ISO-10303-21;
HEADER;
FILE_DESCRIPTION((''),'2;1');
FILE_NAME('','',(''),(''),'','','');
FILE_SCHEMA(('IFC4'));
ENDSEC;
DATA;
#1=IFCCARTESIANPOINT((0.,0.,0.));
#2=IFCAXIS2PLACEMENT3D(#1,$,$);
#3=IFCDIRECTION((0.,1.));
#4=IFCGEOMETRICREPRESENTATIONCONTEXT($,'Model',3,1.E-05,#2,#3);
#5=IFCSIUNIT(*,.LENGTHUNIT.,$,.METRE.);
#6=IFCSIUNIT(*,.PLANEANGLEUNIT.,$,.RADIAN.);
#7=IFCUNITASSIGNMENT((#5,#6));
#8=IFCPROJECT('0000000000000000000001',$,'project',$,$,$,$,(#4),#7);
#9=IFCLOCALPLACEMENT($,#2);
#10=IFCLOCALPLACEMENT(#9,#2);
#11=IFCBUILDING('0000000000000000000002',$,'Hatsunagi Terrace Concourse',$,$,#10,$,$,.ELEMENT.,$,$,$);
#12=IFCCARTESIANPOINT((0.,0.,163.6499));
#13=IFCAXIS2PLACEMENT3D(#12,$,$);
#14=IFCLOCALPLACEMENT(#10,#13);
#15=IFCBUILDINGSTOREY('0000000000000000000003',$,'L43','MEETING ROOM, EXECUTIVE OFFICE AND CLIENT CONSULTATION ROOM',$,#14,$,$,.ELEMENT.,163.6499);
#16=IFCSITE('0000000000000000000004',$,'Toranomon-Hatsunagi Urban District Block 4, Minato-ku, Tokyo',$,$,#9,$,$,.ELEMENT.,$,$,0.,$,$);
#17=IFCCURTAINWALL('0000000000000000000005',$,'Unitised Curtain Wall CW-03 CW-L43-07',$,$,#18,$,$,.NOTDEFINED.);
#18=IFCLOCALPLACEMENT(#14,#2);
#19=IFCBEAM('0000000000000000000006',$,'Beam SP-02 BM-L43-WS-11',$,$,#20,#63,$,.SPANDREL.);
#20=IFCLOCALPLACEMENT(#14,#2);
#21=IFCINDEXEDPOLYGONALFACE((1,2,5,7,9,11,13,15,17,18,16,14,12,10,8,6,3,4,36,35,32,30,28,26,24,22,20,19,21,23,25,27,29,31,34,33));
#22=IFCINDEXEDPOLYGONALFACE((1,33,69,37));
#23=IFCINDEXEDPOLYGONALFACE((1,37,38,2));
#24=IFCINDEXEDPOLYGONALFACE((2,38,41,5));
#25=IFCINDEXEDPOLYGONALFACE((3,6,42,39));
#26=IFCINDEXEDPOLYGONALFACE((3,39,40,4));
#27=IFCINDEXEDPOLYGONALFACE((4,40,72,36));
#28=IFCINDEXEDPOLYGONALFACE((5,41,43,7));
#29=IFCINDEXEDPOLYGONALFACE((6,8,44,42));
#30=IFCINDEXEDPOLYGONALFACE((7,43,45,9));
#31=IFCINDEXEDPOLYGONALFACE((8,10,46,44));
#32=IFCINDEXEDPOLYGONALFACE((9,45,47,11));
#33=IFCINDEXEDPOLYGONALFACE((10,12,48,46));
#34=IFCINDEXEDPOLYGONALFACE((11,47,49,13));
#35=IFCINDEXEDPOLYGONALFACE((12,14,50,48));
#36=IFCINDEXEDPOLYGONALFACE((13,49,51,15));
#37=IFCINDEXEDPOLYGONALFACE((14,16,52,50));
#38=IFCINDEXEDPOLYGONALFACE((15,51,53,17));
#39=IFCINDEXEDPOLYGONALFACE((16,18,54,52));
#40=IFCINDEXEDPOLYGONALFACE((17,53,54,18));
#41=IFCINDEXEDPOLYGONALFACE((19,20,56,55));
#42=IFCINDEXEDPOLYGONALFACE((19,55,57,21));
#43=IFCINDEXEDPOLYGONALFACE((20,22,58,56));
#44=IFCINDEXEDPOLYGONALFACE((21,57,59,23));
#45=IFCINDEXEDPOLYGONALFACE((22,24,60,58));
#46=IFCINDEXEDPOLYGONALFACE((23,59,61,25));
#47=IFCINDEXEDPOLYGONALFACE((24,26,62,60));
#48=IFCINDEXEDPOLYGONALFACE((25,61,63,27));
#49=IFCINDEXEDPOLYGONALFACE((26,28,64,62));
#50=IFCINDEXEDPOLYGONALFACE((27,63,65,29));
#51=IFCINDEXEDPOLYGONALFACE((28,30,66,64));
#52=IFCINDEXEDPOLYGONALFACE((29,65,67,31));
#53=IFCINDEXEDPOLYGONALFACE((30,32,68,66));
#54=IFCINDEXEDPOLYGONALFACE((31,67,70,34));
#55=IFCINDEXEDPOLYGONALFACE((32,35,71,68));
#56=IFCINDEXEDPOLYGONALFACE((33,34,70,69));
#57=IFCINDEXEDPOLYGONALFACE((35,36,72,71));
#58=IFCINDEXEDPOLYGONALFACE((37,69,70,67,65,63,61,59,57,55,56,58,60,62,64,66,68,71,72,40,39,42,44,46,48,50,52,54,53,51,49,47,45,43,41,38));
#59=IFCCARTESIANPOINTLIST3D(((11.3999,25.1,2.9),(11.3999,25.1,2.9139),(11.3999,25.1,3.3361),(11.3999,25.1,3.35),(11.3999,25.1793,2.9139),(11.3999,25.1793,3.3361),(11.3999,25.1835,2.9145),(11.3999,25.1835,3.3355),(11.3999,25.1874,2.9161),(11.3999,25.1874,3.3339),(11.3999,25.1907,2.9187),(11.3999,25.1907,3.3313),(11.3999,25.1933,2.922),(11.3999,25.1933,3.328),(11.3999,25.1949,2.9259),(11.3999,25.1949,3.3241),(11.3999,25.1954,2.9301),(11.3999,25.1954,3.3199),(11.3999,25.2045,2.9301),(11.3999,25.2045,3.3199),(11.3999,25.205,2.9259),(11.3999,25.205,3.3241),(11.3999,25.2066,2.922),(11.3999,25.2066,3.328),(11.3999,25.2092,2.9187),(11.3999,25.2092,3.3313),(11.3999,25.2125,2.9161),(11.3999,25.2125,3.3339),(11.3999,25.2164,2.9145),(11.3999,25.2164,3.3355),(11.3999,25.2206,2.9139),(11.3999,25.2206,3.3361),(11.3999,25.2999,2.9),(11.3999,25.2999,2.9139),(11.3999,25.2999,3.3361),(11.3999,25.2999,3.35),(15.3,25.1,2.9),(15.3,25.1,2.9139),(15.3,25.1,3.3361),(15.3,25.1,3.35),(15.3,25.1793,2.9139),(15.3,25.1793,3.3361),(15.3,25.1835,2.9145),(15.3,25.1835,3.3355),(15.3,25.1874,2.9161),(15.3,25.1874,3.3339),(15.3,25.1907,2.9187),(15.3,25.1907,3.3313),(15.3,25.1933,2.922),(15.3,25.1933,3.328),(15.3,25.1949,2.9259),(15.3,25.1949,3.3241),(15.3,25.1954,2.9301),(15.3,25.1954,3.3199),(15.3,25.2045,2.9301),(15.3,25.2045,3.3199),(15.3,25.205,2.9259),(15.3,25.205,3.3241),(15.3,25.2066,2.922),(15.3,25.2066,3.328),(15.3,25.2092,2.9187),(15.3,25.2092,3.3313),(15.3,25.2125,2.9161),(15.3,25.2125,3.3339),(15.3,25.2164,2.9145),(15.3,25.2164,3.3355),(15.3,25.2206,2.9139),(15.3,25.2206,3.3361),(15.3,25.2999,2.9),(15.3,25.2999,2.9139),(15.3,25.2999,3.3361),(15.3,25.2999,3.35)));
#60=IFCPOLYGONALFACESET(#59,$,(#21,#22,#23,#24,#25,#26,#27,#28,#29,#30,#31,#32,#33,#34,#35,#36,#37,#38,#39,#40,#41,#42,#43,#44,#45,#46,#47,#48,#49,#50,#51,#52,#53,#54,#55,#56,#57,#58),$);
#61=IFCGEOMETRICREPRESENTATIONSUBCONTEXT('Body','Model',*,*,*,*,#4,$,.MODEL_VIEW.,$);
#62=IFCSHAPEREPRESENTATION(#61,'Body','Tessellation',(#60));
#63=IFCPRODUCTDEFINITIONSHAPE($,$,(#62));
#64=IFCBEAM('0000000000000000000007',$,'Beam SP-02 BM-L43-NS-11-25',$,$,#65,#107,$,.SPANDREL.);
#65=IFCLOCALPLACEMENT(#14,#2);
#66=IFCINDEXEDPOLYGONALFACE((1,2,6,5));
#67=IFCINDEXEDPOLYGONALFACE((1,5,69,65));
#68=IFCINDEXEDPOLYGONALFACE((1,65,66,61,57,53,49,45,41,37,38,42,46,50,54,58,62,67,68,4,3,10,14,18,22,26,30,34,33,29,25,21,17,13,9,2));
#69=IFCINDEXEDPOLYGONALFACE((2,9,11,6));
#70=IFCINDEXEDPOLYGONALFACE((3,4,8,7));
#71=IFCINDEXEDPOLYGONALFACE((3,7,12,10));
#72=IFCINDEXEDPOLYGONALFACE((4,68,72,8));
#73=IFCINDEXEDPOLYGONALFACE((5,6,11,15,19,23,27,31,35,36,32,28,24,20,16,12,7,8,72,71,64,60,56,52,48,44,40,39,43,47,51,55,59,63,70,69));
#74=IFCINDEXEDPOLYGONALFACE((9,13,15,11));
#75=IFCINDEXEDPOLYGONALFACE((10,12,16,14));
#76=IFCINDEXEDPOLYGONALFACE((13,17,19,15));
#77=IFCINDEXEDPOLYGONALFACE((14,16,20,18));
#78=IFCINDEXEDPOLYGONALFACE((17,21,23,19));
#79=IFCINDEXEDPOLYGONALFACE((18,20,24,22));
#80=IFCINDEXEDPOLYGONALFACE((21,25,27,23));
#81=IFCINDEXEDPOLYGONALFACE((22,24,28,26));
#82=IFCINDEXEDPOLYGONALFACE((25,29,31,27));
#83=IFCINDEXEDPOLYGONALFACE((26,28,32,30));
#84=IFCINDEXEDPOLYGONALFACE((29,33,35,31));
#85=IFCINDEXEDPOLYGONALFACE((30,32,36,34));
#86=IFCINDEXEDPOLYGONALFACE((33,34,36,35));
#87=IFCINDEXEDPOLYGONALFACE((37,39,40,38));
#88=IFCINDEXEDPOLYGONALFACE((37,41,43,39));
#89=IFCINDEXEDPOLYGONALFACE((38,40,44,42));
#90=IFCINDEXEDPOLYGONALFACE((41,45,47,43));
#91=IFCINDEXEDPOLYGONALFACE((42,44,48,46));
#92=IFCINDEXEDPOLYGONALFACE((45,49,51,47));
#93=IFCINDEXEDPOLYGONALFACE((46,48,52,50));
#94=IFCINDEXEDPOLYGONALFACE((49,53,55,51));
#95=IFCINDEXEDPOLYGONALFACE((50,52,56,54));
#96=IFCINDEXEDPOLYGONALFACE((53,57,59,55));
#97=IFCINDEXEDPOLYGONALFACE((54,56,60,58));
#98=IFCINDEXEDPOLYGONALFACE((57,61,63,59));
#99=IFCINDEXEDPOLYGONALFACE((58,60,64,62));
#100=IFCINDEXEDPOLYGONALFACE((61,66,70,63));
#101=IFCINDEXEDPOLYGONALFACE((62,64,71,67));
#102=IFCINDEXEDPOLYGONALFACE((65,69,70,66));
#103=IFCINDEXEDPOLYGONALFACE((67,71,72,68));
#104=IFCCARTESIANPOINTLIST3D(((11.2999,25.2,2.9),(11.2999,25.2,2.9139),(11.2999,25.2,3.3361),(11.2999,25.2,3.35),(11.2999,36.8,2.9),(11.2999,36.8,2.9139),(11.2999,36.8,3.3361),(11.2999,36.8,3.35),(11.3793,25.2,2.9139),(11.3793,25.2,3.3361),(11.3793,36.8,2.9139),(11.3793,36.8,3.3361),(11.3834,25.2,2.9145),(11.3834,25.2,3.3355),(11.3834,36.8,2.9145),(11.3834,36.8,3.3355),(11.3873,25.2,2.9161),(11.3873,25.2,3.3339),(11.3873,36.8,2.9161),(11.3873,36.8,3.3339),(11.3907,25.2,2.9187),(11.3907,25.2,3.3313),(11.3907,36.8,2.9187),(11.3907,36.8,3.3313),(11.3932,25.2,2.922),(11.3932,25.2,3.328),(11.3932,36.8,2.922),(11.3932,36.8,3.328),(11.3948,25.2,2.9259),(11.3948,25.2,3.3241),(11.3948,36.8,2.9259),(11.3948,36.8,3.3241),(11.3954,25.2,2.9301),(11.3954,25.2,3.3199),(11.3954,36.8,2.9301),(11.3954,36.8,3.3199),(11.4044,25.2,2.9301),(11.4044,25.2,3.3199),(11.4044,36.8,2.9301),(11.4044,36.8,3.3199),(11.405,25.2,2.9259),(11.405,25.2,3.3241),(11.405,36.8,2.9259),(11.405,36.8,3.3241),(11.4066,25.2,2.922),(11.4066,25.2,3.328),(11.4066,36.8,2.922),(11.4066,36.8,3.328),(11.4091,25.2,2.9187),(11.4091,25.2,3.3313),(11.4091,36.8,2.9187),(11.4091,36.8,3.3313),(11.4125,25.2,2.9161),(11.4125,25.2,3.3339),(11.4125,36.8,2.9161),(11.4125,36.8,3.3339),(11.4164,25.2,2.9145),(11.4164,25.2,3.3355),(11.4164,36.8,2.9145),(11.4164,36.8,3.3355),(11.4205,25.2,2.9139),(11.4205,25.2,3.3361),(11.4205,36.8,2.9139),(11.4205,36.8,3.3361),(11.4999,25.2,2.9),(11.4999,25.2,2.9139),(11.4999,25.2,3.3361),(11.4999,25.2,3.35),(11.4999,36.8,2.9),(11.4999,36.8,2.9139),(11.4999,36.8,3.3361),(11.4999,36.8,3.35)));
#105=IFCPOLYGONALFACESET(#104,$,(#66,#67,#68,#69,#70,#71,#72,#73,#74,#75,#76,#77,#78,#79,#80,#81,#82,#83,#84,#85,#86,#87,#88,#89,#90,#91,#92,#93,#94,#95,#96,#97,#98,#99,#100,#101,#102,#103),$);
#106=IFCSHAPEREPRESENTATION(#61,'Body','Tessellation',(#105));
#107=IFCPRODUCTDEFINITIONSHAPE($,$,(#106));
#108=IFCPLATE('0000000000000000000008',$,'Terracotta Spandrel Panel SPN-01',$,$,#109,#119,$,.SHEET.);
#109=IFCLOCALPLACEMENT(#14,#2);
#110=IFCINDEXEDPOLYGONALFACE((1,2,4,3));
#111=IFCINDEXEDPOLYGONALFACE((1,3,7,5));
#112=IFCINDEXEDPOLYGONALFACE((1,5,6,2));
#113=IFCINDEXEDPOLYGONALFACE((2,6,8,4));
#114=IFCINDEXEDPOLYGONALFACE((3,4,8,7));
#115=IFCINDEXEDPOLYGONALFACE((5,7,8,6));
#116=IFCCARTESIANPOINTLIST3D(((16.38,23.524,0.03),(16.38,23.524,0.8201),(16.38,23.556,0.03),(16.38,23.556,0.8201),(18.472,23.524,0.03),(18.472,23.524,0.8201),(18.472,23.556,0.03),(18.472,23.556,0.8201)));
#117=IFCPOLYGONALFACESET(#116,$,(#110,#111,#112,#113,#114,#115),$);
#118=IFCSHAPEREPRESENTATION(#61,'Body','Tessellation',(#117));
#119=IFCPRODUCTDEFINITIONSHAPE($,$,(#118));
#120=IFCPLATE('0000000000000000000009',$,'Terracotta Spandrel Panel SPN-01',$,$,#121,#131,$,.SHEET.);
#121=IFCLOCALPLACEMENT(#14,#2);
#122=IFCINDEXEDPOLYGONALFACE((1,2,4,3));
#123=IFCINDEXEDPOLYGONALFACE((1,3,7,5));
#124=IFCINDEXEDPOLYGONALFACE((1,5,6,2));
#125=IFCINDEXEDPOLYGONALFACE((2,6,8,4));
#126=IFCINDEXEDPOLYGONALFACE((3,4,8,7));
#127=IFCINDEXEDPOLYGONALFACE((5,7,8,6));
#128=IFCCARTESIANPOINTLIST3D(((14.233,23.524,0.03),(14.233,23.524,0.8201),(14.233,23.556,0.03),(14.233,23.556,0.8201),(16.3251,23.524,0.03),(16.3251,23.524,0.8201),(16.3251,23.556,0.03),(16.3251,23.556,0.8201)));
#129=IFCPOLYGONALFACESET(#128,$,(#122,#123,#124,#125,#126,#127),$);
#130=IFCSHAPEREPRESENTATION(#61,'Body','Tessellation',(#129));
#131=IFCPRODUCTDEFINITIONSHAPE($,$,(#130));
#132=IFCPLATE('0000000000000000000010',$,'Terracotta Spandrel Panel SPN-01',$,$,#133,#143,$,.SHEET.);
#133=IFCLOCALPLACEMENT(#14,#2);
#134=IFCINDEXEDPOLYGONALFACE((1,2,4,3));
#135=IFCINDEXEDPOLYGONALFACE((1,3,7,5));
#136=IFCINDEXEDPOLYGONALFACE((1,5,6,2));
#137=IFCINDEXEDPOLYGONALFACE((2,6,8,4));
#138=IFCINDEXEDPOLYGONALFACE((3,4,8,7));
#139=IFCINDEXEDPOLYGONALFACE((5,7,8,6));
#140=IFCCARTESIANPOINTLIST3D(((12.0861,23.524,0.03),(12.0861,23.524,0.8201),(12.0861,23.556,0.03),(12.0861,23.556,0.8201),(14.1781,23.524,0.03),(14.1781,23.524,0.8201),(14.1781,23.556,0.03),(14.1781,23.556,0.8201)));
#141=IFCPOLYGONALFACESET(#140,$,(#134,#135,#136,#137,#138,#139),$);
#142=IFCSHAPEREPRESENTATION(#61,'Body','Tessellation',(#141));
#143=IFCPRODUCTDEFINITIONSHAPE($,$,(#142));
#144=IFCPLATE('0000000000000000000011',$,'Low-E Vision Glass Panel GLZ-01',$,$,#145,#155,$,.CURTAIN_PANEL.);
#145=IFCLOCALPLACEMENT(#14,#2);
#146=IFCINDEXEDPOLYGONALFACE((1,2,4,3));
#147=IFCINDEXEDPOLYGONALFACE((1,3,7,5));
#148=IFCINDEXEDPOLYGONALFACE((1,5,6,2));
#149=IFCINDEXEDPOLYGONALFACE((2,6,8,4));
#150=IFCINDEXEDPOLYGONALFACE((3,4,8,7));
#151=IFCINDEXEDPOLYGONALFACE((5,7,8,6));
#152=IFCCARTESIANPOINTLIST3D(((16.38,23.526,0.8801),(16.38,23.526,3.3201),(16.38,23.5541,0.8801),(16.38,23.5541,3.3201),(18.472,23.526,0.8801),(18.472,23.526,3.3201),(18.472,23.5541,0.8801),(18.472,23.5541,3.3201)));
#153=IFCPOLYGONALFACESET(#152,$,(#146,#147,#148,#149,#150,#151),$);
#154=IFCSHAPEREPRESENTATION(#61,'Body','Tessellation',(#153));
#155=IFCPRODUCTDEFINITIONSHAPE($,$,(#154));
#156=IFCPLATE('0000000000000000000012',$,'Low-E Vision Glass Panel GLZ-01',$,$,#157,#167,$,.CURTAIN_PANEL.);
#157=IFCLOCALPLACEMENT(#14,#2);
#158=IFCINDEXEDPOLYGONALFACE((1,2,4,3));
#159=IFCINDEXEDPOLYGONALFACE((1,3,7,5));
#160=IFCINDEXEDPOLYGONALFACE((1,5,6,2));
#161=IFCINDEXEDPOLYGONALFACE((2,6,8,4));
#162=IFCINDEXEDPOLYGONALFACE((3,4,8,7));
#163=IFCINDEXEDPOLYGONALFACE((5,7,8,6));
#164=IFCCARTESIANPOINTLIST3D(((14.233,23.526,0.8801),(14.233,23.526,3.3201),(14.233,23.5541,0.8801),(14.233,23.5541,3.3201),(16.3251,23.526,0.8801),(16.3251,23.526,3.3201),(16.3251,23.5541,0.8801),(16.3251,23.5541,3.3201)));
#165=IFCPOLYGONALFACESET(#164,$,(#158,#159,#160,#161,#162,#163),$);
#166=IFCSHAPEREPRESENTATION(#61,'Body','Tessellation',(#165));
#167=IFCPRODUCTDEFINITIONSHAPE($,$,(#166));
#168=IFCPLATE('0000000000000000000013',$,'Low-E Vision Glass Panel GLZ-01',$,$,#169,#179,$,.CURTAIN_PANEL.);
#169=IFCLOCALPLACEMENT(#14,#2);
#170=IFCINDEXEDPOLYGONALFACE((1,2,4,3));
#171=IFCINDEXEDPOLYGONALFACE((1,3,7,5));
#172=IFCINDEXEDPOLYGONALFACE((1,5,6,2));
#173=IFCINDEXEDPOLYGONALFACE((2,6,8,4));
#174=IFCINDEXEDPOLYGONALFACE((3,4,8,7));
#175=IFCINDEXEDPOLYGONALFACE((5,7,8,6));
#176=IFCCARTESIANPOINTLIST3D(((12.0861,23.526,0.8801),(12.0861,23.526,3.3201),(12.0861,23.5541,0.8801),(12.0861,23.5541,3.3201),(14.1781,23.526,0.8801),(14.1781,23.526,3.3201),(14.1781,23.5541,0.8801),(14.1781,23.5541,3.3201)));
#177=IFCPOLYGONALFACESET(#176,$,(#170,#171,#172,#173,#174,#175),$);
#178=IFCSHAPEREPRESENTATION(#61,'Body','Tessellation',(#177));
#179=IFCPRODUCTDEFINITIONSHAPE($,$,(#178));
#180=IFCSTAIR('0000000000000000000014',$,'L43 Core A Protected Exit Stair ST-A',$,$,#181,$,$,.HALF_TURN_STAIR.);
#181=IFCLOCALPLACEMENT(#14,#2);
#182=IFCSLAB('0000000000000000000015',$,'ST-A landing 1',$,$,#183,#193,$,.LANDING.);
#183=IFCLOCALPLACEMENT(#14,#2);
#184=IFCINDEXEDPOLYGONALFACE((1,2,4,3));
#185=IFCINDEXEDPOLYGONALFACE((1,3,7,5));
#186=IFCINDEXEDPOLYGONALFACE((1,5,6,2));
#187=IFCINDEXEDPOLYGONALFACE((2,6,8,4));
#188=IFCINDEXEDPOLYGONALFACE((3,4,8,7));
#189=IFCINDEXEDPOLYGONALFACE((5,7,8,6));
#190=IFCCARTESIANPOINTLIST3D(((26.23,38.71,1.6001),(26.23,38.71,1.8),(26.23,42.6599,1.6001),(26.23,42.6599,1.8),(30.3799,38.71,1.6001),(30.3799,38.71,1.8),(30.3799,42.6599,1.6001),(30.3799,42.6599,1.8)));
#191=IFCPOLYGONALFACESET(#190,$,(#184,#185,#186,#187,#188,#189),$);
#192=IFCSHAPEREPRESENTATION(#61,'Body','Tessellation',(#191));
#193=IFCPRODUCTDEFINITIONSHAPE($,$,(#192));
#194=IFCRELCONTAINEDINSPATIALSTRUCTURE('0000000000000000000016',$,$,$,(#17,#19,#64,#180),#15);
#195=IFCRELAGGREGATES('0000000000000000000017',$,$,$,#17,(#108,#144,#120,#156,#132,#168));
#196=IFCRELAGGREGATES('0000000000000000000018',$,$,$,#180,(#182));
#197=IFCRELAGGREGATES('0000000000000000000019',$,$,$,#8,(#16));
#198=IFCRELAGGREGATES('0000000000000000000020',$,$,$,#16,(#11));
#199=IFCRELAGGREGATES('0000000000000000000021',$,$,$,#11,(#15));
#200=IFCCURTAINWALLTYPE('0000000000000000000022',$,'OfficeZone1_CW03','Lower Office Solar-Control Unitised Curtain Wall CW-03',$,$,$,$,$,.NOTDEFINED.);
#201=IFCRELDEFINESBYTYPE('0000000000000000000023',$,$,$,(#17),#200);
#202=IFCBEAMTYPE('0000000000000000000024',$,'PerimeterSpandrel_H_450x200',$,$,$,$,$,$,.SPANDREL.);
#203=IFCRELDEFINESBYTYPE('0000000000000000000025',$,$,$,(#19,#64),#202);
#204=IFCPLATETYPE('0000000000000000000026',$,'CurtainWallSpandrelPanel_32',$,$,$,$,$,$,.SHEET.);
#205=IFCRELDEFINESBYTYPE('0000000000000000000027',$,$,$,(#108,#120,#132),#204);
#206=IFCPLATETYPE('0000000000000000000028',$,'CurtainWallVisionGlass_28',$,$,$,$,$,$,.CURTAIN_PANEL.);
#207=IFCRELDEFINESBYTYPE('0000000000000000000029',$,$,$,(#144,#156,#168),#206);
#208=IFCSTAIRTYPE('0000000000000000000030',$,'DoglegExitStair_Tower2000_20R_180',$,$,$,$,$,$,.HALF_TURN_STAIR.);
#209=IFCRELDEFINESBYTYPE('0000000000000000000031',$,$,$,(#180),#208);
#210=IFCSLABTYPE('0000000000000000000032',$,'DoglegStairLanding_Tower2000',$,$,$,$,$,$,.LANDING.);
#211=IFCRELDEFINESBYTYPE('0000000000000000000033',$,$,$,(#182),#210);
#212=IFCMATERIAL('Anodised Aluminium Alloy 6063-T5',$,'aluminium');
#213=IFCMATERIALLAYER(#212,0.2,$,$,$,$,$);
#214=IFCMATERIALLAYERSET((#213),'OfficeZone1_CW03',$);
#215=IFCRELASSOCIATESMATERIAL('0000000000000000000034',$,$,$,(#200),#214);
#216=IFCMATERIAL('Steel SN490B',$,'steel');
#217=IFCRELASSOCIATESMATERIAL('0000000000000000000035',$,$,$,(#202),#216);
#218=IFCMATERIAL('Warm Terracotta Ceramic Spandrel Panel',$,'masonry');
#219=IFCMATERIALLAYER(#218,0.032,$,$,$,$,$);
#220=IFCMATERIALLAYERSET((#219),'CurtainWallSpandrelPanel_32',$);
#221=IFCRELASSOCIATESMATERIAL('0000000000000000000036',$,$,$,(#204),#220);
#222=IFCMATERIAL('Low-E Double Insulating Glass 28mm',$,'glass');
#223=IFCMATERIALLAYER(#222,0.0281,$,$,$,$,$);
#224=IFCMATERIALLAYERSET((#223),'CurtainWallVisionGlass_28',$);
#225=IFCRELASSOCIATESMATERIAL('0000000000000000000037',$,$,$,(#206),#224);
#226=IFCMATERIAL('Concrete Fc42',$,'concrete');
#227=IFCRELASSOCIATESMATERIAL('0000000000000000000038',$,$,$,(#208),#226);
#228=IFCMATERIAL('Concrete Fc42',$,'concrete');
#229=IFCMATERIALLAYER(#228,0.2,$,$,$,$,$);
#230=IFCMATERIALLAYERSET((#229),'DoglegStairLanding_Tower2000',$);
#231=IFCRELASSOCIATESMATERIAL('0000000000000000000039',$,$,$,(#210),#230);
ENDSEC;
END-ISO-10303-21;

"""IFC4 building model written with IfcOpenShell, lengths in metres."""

from ifc_helpers import new_model, si_unit, direction, frame, origin, origin_2d, place, context, subcontext, project, spatial, polyline, rectangle, i_section, outline, extrude, material, layer, layer_set, material_profile, profile_set, type_object, element, aggregate, save


model = new_model("IFC4")

# Units and contexts
model_context = context("Model", 3, precision=1e-05, world=origin(), true_north=direction((0.0, 1.0)))
body_context = subcontext(model_context, "Body", "Model", "MODEL_VIEW")
ifc_project = project(units=[si_unit("LENGTHUNIT", "METRE"), si_unit("PLANEANGLEUNIT", "RADIAN")], contexts=[model_context])

# Site, building, storey
site_placement = place(None, origin())
site = spatial("IfcSite", under=ifc_project, at=site_placement, Name="Toranomon-Hatsunagi Urban District Block 4, Minato-ku, Tokyo", CompositionType="ELEMENT", RefElevation=0.0)
building_placement = place(site_placement, origin())
building = spatial("IfcBuilding", under=site, at=building_placement, Name="Hatsunagi Terrace Concourse", CompositionType="ELEMENT")
storey_placement = place(building_placement, frame((0.0, 0.0, 163.6499)))
storey = spatial("IfcBuildingStorey", under=building, at=storey_placement, Name="L43", Description="MEETING ROOM, EXECUTIVE OFFICE AND CLIENT CONSULTATION ROOM", CompositionType="ELEMENT", Elevation=163.6499)

# Curtain wall
ifc_material_1 = material(Name="Anodised Aluminium Alloy 6063-T5", Category="aluminium")
ifc_layer_1 = layer(ifc_material_1, 0.2)
ifc_layer_set_1 = layer_set([ifc_layer_1], Name="OfficeZone1_CW03")
curtain_wall_type = type_object("IfcCurtainWallType", Name="OfficeZone1_CW03", Description="Lower Office Solar-Control Unitised Curtain Wall CW-03", PredefinedType="NOTDEFINED", material=ifc_layer_set_1)
curtain_wall_placement = place(storey_placement, origin())
curtain_wall = element("IfcCurtainWall", 1, at=curtain_wall_placement, inside=storey, type_object=curtain_wall_type, Name="Unitised Curtain Wall CW-03 CW-L43-07", PredefinedType="NOTDEFINED")

# Beams
ifc_material_2 = material(Name="Steel SN490B", Category="steel")
ifc_material_profile_1 = material_profile(ifc_material_2, i_section(OverallWidth=0.2, OverallDepth=0.45, WebThickness=0.009, FlangeThickness=0.0139, FilletRadius=0.0161, at=origin_2d()), Name="H-450x200x9x14")
ifc_profile_set_1 = profile_set([ifc_material_profile_1], Name="Steel SN490B")
beam_type = type_object("IfcBeamType", Name="PerimeterSpandrel_H_450x200", PredefinedType="SPANDREL", material=ifc_profile_set_1)
beam_1_placement = place(storey_placement, frame((11.3999, 25.2, 3.125), z_axis=(1.0, 0.0, 0.0), x_axis=(0.0, 1.0, 0.0)))
element("IfcBeam", 2, at=beam_1_placement, inside=storey, type_object=beam_type, Name="Beam SP-02 BM-L43-WS-11", PredefinedType="SPANDREL", context=body_context, shape_type="SweptSolid", body=[
    extrude(i_section(OverallWidth=0.2, OverallDepth=0.45, WebThickness=0.009, FlangeThickness=0.0139, FilletRadius=0.0161, at=origin_2d()), origin(), (0.0, 0.0, 1.0), 3.9001),
])
beam_2_placement = place(storey_placement, frame((11.3999, 25.2, 3.125), z_axis=(0.0, 1.0, 0.0), x_axis=(-1.0, 0.0, 0.0)))
element("IfcBeam", 3, at=beam_2_placement, inside=storey, type_object=beam_type, Name="Beam SP-02 BM-L43-NS-11-25", PredefinedType="SPANDREL", context=body_context, shape_type="SweptSolid", body=[
    extrude(i_section(OverallWidth=0.2, OverallDepth=0.45, WebThickness=0.009, FlangeThickness=0.0139, FilletRadius=0.0161, at=origin_2d()), origin(), (0.0, 0.0, 1.0), 11.6001),
])

# Plates
ifc_material_3 = material(Name="Warm Terracotta Ceramic Spandrel Panel", Category="masonry")
ifc_layer_2 = layer(ifc_material_3, 0.032)
ifc_layer_set_2 = layer_set([ifc_layer_2], Name="CurtainWallSpandrelPanel_32")
plate_type_1 = type_object("IfcPlateType", Name="CurtainWallSpandrelPanel_32", PredefinedType="SHEET", material=ifc_layer_set_2)
plate_1_placement = place(storey_placement, frame((17.426, 23.54, 0.03), z_axis=(0.0, 0.0, 1.0), x_axis=(-1.0, 0.0, 0.0)))
plate_1 = element("IfcPlate", 4, at=plate_1_placement, type_object=plate_type_1, Name="Terracotta Spandrel Panel SPN-01", PredefinedType="SHEET", context=body_context, shape_type="SweptSolid", body=[
    extrude(rectangle(XDim=2.092, YDim=0.032, at=origin_2d()), origin(), (0.0, 0.0, 1.0), 0.79),
])
plate_2_placement = place(storey_placement, frame((15.2791, 23.54, 0.03), z_axis=(0.0, 0.0, 1.0), x_axis=(-1.0, 0.0, 0.0)))
plate_2 = element("IfcPlate", 5, at=plate_2_placement, type_object=plate_type_1, Name="Terracotta Spandrel Panel SPN-01", PredefinedType="SHEET", context=body_context, shape_type="SweptSolid", body=[
    extrude(rectangle(XDim=2.092, YDim=0.032, at=origin_2d()), origin(), (0.0, 0.0, 1.0), 0.79),
])
plate_3_placement = place(storey_placement, frame((13.1321, 23.54, 0.03), z_axis=(0.0, 0.0, 1.0), x_axis=(-1.0, 0.0, 0.0)))
plate_3 = element("IfcPlate", 6, at=plate_3_placement, type_object=plate_type_1, Name="Terracotta Spandrel Panel SPN-01", PredefinedType="SHEET", context=body_context, shape_type="SweptSolid", body=[
    extrude(rectangle(XDim=2.092, YDim=0.032, at=origin_2d()), origin(), (0.0, 0.0, 1.0), 0.79),
])
ifc_material_4 = material(Name="Low-E Double Insulating Glass 28mm", Category="glass")
ifc_layer_3 = layer(ifc_material_4, 0.0281)
ifc_layer_set_3 = layer_set([ifc_layer_3], Name="CurtainWallVisionGlass_28")
plate_type_2 = type_object("IfcPlateType", Name="CurtainWallVisionGlass_28", PredefinedType="CURTAIN_PANEL", material=ifc_layer_set_3)
plate_4_placement = place(storey_placement, frame((17.426, 23.54, 0.8801), z_axis=(0.0, 0.0, 1.0), x_axis=(-1.0, 0.0, 0.0)))
plate_4 = element("IfcPlate", 7, at=plate_4_placement, type_object=plate_type_2, Name="Low-E Vision Glass Panel GLZ-01", PredefinedType="CURTAIN_PANEL", context=body_context, shape_type="SweptSolid", body=[
    extrude(rectangle(XDim=2.092, YDim=0.0281, at=origin_2d()), origin(), (0.0, 0.0, 1.0), 2.4399),
])
plate_5_placement = place(storey_placement, frame((15.2791, 23.54, 0.8801), z_axis=(0.0, 0.0, 1.0), x_axis=(-1.0, 0.0, 0.0)))
plate_5 = element("IfcPlate", 8, at=plate_5_placement, type_object=plate_type_2, Name="Low-E Vision Glass Panel GLZ-01", PredefinedType="CURTAIN_PANEL", context=body_context, shape_type="SweptSolid", body=[
    extrude(rectangle(XDim=2.092, YDim=0.0281, at=origin_2d()), origin(), (0.0, 0.0, 1.0), 2.4399),
])
plate_6_placement = place(storey_placement, frame((13.1321, 23.54, 0.8801), z_axis=(0.0, 0.0, 1.0), x_axis=(-1.0, 0.0, 0.0)))
plate_6 = element("IfcPlate", 9, at=plate_6_placement, type_object=plate_type_2, Name="Low-E Vision Glass Panel GLZ-01", PredefinedType="CURTAIN_PANEL", context=body_context, shape_type="SweptSolid", body=[
    extrude(rectangle(XDim=2.092, YDim=0.0281, at=origin_2d()), origin(), (0.0, 0.0, 1.0), 2.4399),
])
aggregate(curtain_wall, [plate_1, plate_4, plate_2, plate_5, plate_3, plate_6])

# Stair, slab
ifc_material_5 = material(Name="Concrete Fc42", Category="concrete")
stair_type = type_object("IfcStairType", Name="DoglegExitStair_Tower2000_20R_180", PredefinedType="HALF_TURN_STAIR", material=ifc_material_5)
stair_1_placement = place(storey_placement, origin())
stair_1 = element("IfcStair", 10, at=stair_1_placement, inside=storey, type_object=stair_type, Name="L43 Core A Protected Exit Stair ST-A", PredefinedType="HALF_TURN_STAIR")
ifc_material_6 = material(Name="Concrete Fc42", Category="concrete")
ifc_layer_4 = layer(ifc_material_6, 0.2)
ifc_layer_set_4 = layer_set([ifc_layer_4], Name="DoglegStairLanding_Tower2000")
slab_type_1 = type_object("IfcSlabType", Name="DoglegStairLanding_Tower2000", PredefinedType="LANDING", material=ifc_layer_set_4)
slab_1_placement = place(storey_placement, frame((0.0, 0.0, 1.6001)))
slab_1 = element("IfcSlab", 11, at=slab_1_placement, type_object=slab_type_1, Name="ST-A landing 1", PredefinedType="LANDING", context=body_context, shape_type="SweptSolid", body=[
    extrude(outline(polyline([(30.3799, 38.71), (30.3799, 42.6599), (26.23, 42.6599), (26.23, 38.71), (30.3799, 38.71)])), origin(), (0.0, 0.0, 1.0), 0.2),
])
aggregate(stair_1, [slab_1])

save(model, "model.ifc")
